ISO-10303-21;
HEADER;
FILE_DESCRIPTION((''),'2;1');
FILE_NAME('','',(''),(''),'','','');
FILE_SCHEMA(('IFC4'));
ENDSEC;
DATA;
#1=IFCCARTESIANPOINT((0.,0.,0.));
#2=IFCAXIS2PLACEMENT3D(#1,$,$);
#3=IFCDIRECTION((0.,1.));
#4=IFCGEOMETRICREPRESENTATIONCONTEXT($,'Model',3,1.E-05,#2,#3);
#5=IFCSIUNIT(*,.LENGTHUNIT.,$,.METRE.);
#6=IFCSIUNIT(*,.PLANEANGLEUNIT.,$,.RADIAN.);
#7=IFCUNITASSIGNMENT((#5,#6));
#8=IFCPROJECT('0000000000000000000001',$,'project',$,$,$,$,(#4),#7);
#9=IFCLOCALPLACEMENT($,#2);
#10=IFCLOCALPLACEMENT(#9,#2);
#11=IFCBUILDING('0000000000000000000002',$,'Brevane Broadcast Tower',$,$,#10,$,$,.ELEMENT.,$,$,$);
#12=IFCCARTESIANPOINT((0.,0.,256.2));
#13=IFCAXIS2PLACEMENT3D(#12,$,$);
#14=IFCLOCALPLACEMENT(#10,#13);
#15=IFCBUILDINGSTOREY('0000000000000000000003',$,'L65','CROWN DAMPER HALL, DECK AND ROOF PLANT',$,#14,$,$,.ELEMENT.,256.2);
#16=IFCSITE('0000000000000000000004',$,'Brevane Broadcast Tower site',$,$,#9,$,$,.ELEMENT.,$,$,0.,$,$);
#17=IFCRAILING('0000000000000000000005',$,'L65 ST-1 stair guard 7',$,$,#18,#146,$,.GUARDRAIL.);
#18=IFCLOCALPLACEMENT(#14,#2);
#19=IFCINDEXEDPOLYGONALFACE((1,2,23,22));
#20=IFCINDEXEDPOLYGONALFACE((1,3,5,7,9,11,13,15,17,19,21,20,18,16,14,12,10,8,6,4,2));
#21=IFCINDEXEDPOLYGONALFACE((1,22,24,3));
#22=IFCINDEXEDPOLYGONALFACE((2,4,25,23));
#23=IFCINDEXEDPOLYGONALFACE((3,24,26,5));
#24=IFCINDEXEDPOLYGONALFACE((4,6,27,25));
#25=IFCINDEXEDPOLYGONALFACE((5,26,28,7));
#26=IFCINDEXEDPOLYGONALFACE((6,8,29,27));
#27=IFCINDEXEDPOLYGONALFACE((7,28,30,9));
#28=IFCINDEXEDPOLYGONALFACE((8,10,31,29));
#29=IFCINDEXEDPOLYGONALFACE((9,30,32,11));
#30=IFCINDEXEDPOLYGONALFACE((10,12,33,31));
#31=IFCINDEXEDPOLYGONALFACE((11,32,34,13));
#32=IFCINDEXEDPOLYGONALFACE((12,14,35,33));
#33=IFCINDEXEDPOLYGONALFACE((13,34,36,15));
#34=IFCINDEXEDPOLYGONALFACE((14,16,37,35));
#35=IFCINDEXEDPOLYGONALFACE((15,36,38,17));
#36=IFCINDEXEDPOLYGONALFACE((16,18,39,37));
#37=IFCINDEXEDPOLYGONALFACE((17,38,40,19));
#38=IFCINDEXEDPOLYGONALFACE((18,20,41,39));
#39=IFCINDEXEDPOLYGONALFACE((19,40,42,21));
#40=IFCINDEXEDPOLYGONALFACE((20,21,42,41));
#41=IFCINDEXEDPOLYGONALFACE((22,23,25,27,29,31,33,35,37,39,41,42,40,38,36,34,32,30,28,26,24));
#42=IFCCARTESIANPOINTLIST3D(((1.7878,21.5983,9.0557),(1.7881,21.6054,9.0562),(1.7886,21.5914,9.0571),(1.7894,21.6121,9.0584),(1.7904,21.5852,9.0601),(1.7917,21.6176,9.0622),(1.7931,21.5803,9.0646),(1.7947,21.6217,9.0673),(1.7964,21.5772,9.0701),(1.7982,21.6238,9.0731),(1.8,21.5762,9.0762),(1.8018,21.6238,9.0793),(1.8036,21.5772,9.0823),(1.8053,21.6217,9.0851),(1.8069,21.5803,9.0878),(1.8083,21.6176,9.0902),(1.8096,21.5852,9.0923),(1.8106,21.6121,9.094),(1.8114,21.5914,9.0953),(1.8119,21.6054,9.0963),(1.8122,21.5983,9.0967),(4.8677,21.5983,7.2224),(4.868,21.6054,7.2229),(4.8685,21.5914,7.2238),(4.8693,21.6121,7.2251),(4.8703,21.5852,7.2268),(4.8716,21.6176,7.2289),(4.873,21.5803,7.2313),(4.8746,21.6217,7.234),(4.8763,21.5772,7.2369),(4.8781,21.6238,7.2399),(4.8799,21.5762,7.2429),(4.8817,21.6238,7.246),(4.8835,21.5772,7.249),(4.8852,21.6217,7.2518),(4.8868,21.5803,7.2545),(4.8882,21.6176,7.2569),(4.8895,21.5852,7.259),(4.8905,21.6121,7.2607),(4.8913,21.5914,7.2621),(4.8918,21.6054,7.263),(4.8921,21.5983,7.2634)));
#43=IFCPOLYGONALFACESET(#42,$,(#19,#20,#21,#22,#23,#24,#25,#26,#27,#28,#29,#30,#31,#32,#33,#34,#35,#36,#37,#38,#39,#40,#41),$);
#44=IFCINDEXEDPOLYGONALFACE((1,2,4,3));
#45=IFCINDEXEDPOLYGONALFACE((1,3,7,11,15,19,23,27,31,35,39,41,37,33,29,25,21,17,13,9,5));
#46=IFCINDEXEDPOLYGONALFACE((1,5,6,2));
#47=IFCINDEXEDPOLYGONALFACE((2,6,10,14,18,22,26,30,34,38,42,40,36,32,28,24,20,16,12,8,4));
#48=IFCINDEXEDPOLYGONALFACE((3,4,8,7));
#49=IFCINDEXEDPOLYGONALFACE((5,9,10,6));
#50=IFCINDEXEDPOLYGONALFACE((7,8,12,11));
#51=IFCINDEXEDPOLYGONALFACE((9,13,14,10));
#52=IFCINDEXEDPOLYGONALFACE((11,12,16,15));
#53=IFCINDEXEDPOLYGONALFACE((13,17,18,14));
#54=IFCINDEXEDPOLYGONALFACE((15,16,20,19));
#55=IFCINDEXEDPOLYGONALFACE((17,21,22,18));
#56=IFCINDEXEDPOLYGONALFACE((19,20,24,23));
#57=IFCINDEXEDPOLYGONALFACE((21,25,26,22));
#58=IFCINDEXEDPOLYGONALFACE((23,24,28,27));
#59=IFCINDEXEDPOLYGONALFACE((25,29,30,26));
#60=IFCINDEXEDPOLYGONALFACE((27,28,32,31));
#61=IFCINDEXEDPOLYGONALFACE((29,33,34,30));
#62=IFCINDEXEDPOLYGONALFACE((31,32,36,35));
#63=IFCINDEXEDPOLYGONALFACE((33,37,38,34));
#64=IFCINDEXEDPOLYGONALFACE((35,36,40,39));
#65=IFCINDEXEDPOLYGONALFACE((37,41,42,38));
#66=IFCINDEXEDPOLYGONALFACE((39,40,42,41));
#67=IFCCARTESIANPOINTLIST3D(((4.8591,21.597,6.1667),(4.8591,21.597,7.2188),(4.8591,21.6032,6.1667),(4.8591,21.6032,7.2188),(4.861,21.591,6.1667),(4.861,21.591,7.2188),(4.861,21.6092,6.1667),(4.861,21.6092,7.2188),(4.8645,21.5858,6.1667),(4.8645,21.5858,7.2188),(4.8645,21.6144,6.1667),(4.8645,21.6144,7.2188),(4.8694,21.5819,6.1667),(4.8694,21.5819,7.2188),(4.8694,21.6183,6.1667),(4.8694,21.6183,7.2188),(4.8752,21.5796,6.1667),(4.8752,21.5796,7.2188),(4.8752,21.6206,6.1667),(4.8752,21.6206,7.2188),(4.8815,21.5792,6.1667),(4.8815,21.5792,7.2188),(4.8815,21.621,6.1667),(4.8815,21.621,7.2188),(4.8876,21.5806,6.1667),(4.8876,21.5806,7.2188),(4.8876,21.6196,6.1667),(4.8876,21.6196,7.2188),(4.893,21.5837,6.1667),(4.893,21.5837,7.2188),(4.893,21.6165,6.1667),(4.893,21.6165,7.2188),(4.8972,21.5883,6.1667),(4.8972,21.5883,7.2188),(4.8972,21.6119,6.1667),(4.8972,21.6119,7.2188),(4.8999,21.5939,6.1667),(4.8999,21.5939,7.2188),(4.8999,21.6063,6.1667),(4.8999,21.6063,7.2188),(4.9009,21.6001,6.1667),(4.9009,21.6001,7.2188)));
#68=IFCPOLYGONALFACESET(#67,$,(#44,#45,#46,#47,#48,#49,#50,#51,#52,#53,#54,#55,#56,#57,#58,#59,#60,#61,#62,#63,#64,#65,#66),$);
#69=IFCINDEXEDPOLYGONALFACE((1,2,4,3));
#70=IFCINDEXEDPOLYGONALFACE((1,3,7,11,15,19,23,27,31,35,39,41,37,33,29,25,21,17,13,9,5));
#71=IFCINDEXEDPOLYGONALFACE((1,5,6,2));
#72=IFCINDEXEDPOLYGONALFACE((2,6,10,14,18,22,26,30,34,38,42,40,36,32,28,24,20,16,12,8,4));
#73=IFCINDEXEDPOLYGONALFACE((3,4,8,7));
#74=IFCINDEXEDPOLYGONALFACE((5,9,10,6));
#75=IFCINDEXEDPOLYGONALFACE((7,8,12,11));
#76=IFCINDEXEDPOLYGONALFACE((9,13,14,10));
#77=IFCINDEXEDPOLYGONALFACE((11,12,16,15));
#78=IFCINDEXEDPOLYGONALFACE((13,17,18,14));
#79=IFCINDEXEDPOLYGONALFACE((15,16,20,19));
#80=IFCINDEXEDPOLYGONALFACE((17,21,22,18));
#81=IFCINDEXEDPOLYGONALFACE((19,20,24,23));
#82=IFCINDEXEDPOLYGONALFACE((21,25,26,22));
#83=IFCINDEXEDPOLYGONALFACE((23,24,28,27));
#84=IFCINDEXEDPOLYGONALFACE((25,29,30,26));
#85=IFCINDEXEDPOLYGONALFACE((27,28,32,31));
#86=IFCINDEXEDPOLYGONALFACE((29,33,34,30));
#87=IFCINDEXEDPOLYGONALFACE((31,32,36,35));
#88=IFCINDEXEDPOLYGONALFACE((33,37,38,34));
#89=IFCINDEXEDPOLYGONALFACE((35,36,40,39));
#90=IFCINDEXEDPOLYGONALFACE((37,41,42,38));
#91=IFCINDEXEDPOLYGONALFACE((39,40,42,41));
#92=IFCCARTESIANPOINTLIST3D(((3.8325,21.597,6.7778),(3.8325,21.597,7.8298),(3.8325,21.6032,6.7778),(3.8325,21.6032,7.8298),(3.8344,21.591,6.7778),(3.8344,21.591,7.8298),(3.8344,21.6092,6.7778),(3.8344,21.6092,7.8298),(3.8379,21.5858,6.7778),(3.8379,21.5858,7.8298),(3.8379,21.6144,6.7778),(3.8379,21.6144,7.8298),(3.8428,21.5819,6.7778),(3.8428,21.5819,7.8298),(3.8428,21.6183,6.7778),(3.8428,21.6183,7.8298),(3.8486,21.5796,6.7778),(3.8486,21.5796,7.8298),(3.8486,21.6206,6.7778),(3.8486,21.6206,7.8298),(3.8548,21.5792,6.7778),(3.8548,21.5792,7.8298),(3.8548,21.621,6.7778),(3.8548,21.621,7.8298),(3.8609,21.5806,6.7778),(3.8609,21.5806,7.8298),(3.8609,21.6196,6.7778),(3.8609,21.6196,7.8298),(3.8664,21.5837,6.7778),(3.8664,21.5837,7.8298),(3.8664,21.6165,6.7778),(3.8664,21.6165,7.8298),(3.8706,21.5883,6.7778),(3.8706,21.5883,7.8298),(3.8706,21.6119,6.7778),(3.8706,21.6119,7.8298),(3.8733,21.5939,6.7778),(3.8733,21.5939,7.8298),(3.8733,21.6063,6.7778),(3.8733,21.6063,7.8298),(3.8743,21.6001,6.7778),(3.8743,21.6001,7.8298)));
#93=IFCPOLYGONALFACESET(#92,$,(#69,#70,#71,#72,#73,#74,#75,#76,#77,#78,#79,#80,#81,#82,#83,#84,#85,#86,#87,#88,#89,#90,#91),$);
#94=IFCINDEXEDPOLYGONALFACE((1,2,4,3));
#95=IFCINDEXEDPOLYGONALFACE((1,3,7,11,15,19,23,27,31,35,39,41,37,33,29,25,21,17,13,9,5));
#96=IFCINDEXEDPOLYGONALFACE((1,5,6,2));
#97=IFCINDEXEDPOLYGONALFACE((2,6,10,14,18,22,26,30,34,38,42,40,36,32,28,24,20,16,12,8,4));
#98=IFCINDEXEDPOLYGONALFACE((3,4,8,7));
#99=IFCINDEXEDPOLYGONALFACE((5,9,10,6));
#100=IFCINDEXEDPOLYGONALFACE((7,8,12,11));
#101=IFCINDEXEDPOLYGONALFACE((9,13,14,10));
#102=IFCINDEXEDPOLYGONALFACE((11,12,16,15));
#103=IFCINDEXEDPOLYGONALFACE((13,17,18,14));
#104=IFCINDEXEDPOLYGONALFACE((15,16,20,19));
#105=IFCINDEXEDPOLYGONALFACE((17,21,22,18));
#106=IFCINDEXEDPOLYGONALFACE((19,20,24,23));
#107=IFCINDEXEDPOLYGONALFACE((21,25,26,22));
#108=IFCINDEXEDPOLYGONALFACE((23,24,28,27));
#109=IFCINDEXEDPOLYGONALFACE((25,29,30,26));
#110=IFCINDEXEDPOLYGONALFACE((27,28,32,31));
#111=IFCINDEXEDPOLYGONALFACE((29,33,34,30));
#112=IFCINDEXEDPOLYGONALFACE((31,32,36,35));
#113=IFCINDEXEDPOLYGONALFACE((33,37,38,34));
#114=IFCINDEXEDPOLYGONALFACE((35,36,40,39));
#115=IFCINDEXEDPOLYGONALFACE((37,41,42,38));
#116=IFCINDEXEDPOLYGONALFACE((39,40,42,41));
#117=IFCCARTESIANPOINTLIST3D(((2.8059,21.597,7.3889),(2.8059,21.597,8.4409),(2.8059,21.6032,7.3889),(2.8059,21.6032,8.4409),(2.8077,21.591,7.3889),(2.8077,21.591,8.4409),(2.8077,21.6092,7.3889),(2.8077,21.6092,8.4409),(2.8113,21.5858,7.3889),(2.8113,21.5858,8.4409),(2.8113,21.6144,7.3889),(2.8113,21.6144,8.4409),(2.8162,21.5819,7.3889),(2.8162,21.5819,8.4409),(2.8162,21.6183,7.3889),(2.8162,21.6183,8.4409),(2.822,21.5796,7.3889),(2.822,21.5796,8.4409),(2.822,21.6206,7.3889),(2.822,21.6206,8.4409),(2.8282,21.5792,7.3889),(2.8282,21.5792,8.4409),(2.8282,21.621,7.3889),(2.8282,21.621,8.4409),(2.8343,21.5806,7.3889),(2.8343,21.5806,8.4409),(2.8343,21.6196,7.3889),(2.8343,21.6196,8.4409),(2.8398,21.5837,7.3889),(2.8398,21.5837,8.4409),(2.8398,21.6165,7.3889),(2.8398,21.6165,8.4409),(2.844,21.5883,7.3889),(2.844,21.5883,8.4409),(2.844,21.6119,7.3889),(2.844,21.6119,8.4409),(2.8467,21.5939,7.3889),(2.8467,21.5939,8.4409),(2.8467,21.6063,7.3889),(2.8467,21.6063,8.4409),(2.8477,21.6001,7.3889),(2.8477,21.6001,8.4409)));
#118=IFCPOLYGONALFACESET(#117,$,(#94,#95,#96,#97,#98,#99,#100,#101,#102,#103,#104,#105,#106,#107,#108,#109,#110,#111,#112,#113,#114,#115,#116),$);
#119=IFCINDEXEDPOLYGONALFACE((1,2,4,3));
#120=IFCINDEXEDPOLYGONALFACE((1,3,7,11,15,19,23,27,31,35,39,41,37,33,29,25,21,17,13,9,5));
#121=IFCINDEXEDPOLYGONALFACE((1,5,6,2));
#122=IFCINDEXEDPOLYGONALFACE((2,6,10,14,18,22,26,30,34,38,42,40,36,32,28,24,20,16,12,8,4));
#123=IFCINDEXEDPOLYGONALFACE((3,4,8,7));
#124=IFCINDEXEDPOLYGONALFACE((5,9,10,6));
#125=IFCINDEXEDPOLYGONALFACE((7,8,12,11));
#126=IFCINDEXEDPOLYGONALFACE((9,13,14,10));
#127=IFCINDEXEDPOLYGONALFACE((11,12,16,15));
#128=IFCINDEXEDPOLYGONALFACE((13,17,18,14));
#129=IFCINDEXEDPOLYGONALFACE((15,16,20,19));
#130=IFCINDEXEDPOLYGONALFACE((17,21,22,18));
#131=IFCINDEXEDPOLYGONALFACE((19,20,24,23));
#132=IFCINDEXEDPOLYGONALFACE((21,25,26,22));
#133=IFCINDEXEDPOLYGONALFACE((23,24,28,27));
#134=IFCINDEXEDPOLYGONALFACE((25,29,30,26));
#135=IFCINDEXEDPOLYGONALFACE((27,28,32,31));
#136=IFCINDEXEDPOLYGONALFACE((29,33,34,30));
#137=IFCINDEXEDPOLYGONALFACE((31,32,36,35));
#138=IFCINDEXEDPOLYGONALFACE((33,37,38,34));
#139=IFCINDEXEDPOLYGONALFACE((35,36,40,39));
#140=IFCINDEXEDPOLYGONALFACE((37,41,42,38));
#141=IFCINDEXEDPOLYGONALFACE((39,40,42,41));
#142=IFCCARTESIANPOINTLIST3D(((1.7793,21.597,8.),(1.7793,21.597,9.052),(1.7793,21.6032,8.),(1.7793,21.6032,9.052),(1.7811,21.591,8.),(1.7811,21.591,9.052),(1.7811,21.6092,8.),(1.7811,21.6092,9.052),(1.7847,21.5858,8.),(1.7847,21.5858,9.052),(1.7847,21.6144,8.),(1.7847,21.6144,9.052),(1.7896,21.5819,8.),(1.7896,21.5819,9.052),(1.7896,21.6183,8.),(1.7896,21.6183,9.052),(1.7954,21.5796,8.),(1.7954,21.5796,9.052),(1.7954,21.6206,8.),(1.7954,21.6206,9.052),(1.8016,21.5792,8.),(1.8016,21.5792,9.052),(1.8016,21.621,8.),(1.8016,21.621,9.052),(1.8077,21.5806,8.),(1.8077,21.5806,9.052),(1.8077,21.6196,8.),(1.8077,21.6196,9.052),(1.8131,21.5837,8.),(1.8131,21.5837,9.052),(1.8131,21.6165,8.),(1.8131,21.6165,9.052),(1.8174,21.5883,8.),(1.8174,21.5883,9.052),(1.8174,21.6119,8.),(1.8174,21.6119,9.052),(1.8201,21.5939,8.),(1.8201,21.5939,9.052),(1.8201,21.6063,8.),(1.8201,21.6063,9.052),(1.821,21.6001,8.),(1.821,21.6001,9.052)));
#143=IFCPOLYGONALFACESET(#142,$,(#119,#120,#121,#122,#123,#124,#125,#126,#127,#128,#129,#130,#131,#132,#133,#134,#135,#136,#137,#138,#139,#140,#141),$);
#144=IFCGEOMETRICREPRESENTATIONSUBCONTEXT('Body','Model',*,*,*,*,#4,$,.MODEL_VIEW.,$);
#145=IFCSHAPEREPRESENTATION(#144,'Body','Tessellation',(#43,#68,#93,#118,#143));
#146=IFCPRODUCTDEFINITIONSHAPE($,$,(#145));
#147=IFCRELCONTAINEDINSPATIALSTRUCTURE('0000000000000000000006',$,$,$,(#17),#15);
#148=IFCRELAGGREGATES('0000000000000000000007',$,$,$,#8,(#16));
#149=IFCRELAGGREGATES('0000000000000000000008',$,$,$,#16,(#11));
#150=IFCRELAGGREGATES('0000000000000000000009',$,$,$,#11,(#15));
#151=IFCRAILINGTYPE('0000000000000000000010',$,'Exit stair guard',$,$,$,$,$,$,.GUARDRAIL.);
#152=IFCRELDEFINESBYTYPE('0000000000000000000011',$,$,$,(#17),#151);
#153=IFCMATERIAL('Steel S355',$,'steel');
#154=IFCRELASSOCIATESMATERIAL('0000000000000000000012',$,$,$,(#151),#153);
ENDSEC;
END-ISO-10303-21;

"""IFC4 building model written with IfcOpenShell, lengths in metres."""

from ifc_helpers import new_model, si_unit, direction, frame, origin, origin_2d, place, context, subcontext, project, spatial, circle, extrude, material, type_object, element, save


model = new_model("IFC4")

# Units and contexts
model_context = context("Model", 3, precision=1e-05, world=origin(), true_north=direction((0.0, 1.0)))
body_context = subcontext(model_context, "Body", "Model", "MODEL_VIEW")
ifc_project = project(units=[si_unit("LENGTHUNIT", "METRE"), si_unit("PLANEANGLEUNIT", "RADIAN")], contexts=[model_context])

# Site, building, storey
site_placement = place(None, origin())
site = spatial("IfcSite", under=ifc_project, at=site_placement, Name="Brevane Broadcast Tower site", CompositionType="ELEMENT", RefElevation=0.0)
building_placement = place(site_placement, origin())
building = spatial("IfcBuilding", under=site, at=building_placement, Name="Brevane Broadcast Tower", CompositionType="ELEMENT")
storey_placement = place(building_placement, frame((0.0, 0.0, 256.2)))
storey = spatial("IfcBuildingStorey", under=building, at=storey_placement, Name="L65", Description="CROWN DAMPER HALL, DECK AND ROOF PLANT", CompositionType="ELEMENT", Elevation=256.2)

# Shared definitions
ifc_material_1 = material(Name="Steel S355", Category="steel")

# Railing
railing_type_1 = type_object("IfcRailingType", Name="Exit stair guard", PredefinedType="GUARDRAIL", material=ifc_material_1)
for number, where, name in (
    (1, (4.8799, 21.6001, 6.1667), "L65 ST-1 stair guard 7"),
):
    element("IfcRailing", number, at=place(storey_placement, frame(where)), inside=storey, type_object=railing_type_1, Name=name, PredefinedType="GUARDRAIL", context=body_context, shape_type="SweptSolid", body=[
        extrude(circle(Radius=0.0239, at=origin_2d()), frame((0.0, 0.0, 1.0762), z_axis=(-0.859291, 0.0, 0.511487), x_axis=(0.0, -1.0, 0.0)), (0.0, 0.0, 1.0), 3.5842),
        extrude(circle(Radius=0.021, at=origin_2d()), origin(), (0.0, 0.0, 1.0), 1.052),
        extrude(circle(Radius=0.021, at=origin_2d()), frame((-1.0266, 0.0, 0.6111)), (0.0, 0.0, 1.0), 1.052),
        extrude(circle(Radius=0.021, at=origin_2d()), frame((-2.0532, 0.0, 1.2222)), (0.0, 0.0, 1.0), 1.052),
        extrude(circle(Radius=0.021, at=origin_2d()), frame((-3.0798, 0.0, 1.8333)), (0.0, 0.0, 1.0), 1.052),
    ])

save(model, "model.ifc")
